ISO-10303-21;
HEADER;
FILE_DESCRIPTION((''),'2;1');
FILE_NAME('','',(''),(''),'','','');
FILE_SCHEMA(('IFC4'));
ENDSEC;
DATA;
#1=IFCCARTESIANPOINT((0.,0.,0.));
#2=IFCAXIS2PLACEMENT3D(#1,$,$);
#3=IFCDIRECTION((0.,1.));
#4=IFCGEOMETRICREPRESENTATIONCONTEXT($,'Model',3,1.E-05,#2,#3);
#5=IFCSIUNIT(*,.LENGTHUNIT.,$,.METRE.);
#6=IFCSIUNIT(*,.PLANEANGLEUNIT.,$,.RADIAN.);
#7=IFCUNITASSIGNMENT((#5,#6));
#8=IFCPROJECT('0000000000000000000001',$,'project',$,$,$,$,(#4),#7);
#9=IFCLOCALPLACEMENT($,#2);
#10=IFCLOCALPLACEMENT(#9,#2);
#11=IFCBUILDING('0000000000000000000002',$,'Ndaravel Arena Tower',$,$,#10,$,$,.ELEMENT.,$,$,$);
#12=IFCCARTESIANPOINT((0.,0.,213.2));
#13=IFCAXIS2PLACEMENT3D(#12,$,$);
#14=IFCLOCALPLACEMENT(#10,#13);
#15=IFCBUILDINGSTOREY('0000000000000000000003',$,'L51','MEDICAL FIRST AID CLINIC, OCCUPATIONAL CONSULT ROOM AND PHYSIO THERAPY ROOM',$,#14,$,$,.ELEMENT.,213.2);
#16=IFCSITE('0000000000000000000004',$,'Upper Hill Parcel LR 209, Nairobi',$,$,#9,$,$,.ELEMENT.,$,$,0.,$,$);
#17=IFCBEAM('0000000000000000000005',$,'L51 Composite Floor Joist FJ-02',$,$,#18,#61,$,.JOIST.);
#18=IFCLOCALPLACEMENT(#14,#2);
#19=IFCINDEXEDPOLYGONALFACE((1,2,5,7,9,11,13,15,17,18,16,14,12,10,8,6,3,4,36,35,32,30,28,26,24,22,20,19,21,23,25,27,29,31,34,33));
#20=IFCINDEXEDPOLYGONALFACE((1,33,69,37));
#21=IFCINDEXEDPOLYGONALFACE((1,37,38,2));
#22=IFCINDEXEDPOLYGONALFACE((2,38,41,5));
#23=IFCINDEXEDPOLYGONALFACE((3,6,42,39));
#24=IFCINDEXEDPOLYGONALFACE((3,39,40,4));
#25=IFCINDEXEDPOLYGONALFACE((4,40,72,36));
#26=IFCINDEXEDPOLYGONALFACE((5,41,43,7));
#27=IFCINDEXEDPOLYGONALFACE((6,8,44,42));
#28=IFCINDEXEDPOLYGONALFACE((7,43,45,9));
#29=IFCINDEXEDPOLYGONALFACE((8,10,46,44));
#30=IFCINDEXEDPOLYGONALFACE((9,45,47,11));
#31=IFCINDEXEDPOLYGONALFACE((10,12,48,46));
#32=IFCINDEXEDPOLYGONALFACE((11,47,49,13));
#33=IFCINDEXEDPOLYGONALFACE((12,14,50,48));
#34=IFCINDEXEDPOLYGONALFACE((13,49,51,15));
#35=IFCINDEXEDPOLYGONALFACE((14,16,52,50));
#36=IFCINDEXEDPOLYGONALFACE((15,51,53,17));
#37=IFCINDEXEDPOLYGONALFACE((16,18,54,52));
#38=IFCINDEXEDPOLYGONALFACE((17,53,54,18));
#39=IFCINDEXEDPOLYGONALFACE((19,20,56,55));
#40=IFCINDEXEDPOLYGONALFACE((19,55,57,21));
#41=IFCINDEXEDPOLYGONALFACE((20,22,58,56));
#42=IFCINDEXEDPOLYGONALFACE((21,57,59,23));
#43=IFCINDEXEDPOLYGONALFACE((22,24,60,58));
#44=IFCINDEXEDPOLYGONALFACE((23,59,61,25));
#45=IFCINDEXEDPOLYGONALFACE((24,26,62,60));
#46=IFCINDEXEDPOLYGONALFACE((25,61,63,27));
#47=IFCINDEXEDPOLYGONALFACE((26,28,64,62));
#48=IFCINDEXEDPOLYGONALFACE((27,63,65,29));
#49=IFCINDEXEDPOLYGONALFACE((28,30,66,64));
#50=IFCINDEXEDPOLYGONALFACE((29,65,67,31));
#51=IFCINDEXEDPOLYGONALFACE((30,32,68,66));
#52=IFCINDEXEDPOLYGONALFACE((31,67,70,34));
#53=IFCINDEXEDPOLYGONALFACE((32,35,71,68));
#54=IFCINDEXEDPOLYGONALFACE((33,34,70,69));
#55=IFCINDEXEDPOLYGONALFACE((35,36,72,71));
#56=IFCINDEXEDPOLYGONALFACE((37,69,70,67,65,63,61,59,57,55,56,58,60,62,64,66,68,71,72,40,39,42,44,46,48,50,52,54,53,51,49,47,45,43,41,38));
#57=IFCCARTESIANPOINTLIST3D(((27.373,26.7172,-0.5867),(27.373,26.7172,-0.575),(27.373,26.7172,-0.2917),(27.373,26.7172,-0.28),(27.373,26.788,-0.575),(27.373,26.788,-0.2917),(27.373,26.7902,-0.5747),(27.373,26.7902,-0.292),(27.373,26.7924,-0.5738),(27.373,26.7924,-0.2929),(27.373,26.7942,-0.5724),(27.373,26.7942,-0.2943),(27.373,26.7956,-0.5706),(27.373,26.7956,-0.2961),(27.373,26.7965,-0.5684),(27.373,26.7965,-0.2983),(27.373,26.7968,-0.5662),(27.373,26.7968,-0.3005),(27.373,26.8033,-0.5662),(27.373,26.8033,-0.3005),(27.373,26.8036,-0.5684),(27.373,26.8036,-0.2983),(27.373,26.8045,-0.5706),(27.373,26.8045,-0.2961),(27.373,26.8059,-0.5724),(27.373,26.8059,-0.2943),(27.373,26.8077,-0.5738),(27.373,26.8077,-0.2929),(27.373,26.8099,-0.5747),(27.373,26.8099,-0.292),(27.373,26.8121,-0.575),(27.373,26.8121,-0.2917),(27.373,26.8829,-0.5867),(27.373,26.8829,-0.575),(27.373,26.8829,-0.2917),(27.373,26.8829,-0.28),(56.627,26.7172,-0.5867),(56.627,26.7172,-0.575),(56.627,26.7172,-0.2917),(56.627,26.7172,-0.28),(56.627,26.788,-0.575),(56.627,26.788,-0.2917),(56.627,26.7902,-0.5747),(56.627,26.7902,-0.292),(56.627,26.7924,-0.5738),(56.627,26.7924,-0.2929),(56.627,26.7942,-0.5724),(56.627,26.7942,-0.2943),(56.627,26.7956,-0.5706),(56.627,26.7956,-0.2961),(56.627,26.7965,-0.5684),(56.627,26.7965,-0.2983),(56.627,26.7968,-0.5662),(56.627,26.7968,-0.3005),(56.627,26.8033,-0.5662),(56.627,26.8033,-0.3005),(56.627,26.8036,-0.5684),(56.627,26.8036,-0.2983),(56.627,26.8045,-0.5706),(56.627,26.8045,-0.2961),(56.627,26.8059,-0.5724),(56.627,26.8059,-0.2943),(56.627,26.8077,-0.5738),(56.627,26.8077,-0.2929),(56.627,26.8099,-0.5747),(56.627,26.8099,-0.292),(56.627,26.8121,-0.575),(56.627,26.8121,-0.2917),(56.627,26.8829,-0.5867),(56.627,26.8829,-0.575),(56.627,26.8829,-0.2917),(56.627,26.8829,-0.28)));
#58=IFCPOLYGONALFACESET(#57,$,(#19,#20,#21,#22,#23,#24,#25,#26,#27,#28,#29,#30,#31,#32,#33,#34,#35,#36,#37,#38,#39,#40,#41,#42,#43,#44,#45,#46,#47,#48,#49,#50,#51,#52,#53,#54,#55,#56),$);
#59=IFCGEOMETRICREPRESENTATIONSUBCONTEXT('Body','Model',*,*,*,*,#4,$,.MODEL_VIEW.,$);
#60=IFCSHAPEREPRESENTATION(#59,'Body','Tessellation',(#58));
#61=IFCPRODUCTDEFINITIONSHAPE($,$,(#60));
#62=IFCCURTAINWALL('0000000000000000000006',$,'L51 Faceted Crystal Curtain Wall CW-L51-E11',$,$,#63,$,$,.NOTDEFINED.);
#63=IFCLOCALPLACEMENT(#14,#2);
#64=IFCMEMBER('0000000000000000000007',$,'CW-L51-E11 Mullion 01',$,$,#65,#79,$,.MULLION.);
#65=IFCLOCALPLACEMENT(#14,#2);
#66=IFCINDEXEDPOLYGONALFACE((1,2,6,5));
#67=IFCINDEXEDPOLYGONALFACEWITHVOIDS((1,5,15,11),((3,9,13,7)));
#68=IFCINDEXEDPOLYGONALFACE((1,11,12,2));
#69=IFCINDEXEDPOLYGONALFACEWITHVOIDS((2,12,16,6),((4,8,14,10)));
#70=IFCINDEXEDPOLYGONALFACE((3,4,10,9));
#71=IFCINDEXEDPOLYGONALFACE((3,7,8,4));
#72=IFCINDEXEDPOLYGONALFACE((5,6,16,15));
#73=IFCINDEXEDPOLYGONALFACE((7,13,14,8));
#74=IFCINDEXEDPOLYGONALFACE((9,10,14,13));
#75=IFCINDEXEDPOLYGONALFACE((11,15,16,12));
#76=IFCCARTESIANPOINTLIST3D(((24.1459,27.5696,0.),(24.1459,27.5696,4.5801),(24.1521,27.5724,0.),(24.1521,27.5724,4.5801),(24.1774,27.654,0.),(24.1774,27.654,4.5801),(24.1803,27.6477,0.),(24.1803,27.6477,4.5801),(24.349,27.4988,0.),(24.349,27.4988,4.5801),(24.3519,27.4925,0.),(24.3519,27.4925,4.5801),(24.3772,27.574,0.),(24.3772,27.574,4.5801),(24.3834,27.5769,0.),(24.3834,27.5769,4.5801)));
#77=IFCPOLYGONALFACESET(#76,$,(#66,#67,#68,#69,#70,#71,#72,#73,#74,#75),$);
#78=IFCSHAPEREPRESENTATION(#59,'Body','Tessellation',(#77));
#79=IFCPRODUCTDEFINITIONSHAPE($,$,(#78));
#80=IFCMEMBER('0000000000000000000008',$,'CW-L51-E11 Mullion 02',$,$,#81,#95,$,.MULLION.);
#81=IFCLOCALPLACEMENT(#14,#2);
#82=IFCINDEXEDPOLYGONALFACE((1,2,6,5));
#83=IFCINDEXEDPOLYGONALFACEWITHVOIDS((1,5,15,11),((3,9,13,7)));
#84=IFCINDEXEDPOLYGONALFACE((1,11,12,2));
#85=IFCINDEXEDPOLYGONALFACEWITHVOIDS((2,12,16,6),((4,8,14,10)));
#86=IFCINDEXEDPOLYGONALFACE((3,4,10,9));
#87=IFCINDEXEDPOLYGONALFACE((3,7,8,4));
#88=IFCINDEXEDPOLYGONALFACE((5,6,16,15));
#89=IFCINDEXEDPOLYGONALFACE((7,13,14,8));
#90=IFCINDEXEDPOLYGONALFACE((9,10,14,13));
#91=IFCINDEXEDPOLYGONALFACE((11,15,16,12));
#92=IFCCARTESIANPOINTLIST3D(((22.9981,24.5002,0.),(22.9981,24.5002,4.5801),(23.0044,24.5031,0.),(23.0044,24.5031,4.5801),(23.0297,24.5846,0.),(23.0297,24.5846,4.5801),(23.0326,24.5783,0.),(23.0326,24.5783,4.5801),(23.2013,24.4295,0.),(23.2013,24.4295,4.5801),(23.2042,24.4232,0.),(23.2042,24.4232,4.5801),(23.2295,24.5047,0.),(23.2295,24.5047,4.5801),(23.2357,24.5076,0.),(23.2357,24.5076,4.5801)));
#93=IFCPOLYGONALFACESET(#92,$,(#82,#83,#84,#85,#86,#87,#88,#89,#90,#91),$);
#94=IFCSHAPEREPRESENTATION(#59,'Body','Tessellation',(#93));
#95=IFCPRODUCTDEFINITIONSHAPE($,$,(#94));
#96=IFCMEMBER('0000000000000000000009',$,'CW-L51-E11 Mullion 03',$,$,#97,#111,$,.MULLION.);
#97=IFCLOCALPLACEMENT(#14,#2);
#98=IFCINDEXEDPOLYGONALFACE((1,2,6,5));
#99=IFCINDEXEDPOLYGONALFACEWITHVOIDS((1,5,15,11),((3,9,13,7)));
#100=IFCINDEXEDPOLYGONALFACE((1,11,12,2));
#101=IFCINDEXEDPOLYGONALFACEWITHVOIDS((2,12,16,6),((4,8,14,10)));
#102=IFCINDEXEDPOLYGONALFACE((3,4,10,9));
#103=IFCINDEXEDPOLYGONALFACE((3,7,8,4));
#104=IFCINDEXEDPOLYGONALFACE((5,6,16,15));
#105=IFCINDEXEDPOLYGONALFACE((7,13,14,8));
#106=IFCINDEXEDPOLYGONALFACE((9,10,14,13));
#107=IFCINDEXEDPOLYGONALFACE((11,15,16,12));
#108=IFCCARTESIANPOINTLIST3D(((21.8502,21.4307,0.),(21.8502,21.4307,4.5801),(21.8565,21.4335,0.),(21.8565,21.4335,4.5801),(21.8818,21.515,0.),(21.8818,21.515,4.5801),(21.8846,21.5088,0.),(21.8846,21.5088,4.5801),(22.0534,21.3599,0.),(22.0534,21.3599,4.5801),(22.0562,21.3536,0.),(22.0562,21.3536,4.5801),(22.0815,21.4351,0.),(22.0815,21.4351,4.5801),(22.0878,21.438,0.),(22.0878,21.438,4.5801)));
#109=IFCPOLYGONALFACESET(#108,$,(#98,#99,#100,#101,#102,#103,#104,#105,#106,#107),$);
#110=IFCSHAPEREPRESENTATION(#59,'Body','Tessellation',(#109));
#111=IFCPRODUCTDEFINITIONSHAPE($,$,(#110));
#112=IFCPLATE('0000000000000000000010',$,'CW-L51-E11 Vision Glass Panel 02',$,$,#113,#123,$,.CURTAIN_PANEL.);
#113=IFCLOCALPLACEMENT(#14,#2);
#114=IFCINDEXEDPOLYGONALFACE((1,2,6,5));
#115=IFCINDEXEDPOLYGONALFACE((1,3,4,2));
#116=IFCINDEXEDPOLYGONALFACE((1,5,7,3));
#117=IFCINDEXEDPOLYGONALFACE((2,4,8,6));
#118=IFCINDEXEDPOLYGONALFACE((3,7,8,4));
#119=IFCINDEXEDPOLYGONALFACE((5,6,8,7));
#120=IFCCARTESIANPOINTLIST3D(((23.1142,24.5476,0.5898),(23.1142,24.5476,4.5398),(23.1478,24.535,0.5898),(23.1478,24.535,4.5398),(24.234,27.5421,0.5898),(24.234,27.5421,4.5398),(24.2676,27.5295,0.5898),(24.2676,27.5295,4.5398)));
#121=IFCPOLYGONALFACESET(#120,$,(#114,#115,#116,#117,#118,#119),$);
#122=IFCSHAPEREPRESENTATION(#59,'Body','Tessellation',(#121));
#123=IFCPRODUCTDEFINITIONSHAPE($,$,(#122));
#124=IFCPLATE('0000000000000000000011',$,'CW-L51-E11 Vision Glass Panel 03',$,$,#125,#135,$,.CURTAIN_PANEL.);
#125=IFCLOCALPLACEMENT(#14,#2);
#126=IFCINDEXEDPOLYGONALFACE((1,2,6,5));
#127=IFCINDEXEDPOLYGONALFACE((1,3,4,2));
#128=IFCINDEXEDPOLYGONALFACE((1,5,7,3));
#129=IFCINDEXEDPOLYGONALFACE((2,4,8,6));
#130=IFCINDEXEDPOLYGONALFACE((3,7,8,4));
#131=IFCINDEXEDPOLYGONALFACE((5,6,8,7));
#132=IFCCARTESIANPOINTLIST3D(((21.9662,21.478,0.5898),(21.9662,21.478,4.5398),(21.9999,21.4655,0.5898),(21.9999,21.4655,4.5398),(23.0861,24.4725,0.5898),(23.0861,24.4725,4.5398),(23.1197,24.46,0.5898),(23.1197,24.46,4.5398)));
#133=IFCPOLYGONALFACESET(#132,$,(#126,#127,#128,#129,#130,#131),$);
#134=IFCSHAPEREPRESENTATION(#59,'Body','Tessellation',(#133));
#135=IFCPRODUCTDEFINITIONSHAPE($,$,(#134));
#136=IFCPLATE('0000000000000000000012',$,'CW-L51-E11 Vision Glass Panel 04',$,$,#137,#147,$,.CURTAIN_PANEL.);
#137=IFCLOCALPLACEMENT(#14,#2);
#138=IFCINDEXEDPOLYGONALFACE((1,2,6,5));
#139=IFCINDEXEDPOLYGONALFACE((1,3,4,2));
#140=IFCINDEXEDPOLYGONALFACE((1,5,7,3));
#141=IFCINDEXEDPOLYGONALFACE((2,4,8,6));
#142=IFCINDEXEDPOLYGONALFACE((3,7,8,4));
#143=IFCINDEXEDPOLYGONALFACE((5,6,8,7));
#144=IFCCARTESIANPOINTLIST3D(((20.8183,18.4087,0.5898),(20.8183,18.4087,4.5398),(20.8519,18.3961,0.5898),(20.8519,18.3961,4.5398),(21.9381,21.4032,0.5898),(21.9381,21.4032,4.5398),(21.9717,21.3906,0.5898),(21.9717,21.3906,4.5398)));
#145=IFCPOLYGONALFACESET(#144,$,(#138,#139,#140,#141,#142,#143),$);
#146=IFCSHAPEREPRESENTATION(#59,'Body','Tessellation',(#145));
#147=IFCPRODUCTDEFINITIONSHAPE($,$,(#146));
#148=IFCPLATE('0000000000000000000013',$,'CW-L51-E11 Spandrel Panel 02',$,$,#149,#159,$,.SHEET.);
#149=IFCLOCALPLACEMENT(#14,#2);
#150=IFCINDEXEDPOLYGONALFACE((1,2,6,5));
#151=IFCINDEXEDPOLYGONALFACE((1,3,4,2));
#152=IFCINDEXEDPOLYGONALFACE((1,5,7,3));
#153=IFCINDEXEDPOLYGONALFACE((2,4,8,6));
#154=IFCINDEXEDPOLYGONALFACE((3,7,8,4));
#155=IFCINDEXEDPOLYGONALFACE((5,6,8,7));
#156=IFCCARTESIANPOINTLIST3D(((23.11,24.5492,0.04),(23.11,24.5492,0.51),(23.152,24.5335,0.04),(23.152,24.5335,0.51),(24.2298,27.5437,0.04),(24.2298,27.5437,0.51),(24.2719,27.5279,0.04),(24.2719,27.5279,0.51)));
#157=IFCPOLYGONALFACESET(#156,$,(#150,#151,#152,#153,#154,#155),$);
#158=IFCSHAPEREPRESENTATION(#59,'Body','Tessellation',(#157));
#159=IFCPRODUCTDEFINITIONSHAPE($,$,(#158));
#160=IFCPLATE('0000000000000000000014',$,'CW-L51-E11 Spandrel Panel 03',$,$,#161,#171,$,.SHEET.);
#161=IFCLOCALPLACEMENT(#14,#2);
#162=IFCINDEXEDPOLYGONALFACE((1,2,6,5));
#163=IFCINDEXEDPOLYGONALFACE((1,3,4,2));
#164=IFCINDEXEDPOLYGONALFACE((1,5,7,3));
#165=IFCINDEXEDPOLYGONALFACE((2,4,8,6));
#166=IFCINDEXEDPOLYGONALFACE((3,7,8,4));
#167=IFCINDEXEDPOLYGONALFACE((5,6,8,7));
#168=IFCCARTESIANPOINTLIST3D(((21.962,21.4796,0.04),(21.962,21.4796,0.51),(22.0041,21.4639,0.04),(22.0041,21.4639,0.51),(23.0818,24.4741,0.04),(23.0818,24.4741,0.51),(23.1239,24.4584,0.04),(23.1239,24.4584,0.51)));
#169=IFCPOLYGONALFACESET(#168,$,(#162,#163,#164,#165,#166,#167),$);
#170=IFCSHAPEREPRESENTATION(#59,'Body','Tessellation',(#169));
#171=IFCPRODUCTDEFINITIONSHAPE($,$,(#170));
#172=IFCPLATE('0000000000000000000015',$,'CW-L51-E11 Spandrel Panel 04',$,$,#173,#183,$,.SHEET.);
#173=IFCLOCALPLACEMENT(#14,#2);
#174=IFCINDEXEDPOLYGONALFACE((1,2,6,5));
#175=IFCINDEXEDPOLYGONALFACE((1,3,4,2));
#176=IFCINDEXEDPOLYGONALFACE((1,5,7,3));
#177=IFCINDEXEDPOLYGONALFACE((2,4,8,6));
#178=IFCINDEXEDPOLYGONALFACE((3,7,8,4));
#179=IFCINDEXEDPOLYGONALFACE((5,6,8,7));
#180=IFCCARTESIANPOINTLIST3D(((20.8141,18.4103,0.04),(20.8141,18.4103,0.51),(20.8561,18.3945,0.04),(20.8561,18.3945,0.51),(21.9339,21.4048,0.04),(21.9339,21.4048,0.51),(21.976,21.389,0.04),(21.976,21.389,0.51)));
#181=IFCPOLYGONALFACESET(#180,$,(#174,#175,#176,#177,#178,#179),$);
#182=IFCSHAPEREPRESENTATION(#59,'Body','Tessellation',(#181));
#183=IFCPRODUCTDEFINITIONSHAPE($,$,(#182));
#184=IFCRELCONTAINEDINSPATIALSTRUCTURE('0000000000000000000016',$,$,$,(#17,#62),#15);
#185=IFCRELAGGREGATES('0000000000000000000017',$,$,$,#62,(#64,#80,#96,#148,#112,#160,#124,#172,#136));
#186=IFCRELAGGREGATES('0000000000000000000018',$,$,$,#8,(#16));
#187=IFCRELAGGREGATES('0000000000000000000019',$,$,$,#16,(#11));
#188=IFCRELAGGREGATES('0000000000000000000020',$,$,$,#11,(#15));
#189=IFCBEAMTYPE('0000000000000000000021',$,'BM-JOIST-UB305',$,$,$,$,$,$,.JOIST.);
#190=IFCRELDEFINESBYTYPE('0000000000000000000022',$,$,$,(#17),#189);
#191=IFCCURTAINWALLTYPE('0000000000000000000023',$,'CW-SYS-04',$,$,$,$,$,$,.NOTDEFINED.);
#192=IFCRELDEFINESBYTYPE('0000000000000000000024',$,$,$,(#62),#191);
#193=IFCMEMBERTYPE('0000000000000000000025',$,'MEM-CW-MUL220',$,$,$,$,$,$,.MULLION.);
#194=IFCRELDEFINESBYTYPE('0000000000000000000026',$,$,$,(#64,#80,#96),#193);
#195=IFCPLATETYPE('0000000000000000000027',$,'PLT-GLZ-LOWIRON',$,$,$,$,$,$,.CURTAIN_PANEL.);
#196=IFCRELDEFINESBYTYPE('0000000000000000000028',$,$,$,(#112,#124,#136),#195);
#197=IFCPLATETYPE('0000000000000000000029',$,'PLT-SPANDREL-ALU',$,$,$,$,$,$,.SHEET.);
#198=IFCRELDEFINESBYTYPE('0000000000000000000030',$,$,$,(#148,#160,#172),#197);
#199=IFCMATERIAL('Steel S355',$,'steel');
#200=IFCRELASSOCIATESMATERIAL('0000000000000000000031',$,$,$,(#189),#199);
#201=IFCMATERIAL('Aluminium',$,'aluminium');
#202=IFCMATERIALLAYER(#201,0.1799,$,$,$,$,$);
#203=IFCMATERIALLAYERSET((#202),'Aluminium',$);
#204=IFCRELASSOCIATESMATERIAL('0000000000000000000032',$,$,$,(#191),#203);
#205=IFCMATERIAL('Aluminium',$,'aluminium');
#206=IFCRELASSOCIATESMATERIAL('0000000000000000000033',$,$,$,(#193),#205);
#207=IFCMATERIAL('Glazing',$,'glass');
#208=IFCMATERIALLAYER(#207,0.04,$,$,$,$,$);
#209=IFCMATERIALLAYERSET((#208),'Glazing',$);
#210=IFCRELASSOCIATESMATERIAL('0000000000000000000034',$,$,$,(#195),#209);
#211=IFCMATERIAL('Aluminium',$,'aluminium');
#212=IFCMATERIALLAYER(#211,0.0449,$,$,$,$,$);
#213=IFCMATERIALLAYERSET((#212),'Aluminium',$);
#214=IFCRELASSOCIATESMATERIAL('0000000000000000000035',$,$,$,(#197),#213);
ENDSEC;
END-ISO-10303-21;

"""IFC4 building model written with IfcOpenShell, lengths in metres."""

from ifc_helpers import new_model, si_unit, direction, frame, origin, origin_2d, place, context, subcontext, project, spatial, rectangle, hollow_rectangle, i_section, extrude, material, layer, layer_set, material_profile, profile_set, type_object, element, aggregate, save


model = new_model("IFC4")

# Units and contexts
model_context = context("Model", 3, precision=1e-05, world=origin(), true_north=direction((0.0, 1.0)))
body_context = subcontext(model_context, "Body", "Model", "MODEL_VIEW")
ifc_project = project(units=[si_unit("LENGTHUNIT", "METRE"), si_unit("PLANEANGLEUNIT", "RADIAN")], contexts=[model_context])

# Site, building, storey
site_placement = place(None, origin())
site = spatial("IfcSite", under=ifc_project, at=site_placement, Name="Upper Hill Parcel LR 209, Nairobi", CompositionType="ELEMENT", RefElevation=0.0)
building_placement = place(site_placement, origin())
building = spatial("IfcBuilding", under=site, at=building_placement, Name="Ndaravel Arena Tower", CompositionType="ELEMENT")
storey_placement = place(building_placement, frame((0.0, 0.0, 213.2)))
storey = spatial("IfcBuildingStorey", under=building, at=storey_placement, Name="L51", Description="MEDICAL FIRST AID CLINIC, OCCUPATIONAL CONSULT ROOM AND PHYSIO THERAPY ROOM", CompositionType="ELEMENT", Elevation=213.2)

# Beam
ifc_material_1 = material(Name="Steel S355", Category="steel")
ifc_material_profile_1 = material_profile(ifc_material_1, i_section(OverallWidth=0.1658, OverallDepth=0.3066, WebThickness=0.0066, FlangeThickness=0.0117, FilletRadius=0.0088, at=origin_2d()), Name="UB 305x165x46")
ifc_profile_set_1 = profile_set([ifc_material_profile_1], Name="Steel S355")
beam_type = type_object("IfcBeamType", Name="BM-JOIST-UB305", PredefinedType="JOIST", material=ifc_profile_set_1)
beam_placement = place(storey_placement, frame((27.373, 26.8, -0.4333), z_axis=(1.0, 0.0, 0.0), x_axis=(0.0, 1.0, 0.0)))
element("IfcBeam", 1, at=beam_placement, inside=storey, type_object=beam_type, Name="L51 Composite Floor Joist FJ-02", PredefinedType="JOIST", context=body_context, shape_type="SweptSolid", body=[
    extrude(i_section(OverallWidth=0.1658, OverallDepth=0.3066, WebThickness=0.0066, FlangeThickness=0.0117, FilletRadius=0.0088, at=origin_2d()), origin(), (0.0, 0.0, 1.0), 29.2539),
])

# Curtain wall, members, plates
ifc_material_2 = material(Name="Aluminium", Category="aluminium")
ifc_layer_1 = layer(ifc_material_2, 0.1799)
ifc_layer_set_1 = layer_set([ifc_layer_1], Name="Aluminium")
curtain_wall_type = type_object("IfcCurtainWallType", Name="CW-SYS-04", PredefinedType="NOTDEFINED", material=ifc_layer_set_1)
curtain_wall_placement = place(storey_placement, origin())
curtain_wall = element("IfcCurtainWall", 2, at=curtain_wall_placement, inside=storey, type_object=curtain_wall_type, Name="L51 Faceted Crystal Curtain Wall CW-L51-E11", PredefinedType="NOTDEFINED")
ifc_material_3 = material(Name="Aluminium", Category="aluminium")
ifc_material_profile_2 = material_profile(ifc_material_3, hollow_rectangle(XDim=0.0901, YDim=0.22, WallThickness=0.0049, at=origin_2d()), Name="CW MULLION 90x220x5")
ifc_profile_set_2 = profile_set([ifc_material_profile_2], Name="Aluminium")
member_type = type_object("IfcMemberType", Name="MEM-CW-MUL220", PredefinedType="MULLION", material=ifc_profile_set_2)
member_1_placement = place(storey_placement, frame((24.2646, 27.5732, 0.0), z_axis=(0.0, 0.0, 1.0), x_axis=(-0.350273, -0.936648, 0.0)))
member_1 = element("IfcMember", 3, at=member_1_placement, type_object=member_type, Name="CW-L51-E11 Mullion 01", PredefinedType="MULLION", context=body_context, shape_type="SweptSolid", body=[
    extrude(hollow_rectangle(XDim=0.0901, YDim=0.22, WallThickness=0.0049, at=origin_2d()), origin(), (0.0, 0.0, 1.0), 4.5801),
])
member_2_placement = place(storey_placement, frame((23.1169, 24.5039, 0.0), z_axis=(0.0, 0.0, 1.0), x_axis=(-0.350273, -0.936648, 0.0)))
member_2 = element("IfcMember", 4, at=member_2_placement, type_object=member_type, Name="CW-L51-E11 Mullion 02", PredefinedType="MULLION", context=body_context, shape_type="SweptSolid", body=[
    extrude(hollow_rectangle(XDim=0.0901, YDim=0.22, WallThickness=0.0049, at=origin_2d()), origin(), (0.0, 0.0, 1.0), 4.5801),
])
member_3_placement = place(storey_placement, frame((21.969, 21.4343, 0.0), z_axis=(0.0, 0.0, 1.0), x_axis=(-0.350273, -0.936648, 0.0)))
member_3 = element("IfcMember", 5, at=member_3_placement, type_object=member_type, Name="CW-L51-E11 Mullion 03", PredefinedType="MULLION", context=body_context, shape_type="SweptSolid", body=[
    extrude(hollow_rectangle(XDim=0.0901, YDim=0.22, WallThickness=0.0049, at=origin_2d()), origin(), (0.0, 0.0, 1.0), 4.5801),
])
ifc_material_4 = material(Name="Glazing", Category="glass")
ifc_layer_2 = layer(ifc_material_4, 0.04)
ifc_layer_set_2 = layer_set([ifc_layer_2], Name="Glazing")
plate_type_1 = type_object("IfcPlateType", Name="PLT-GLZ-LOWIRON", PredefinedType="CURTAIN_PANEL", material=ifc_layer_set_2)
plate_1_placement = place(storey_placement, frame((23.6909, 26.0386, 0.5898), z_axis=(0.0, 0.0, 1.0), x_axis=(-0.350273, -0.936648, 0.0)))
plate_1 = element("IfcPlate", 6, at=plate_1_placement, type_object=plate_type_1, Name="CW-L51-E11 Vision Glass Panel 02", PredefinedType="CURTAIN_PANEL", context=body_context, shape_type="SweptSolid", body=[
    extrude(rectangle(XDim=3.197, YDim=0.0359, at=origin_2d()), origin(), (0.0, 0.0, 1.0), 3.95),
])
plate_2_placement = place(storey_placement, frame((22.543, 22.969, 0.5898), z_axis=(0.0, 0.0, 1.0), x_axis=(-0.350273, -0.936648, 0.0)))
plate_2 = element("IfcPlate", 7, at=plate_2_placement, type_object=plate_type_1, Name="CW-L51-E11 Vision Glass Panel 03", PredefinedType="CURTAIN_PANEL", context=body_context, shape_type="SweptSolid", body=[
    extrude(rectangle(XDim=3.197, YDim=0.0359, at=origin_2d()), origin(), (0.0, 0.0, 1.0), 3.95),
])
plate_3_placement = place(storey_placement, frame((21.395, 19.8997, 0.5898), z_axis=(0.0, 0.0, 1.0), x_axis=(-0.350273, -0.936648, 0.0)))
plate_3 = element("IfcPlate", 8, at=plate_3_placement, type_object=plate_type_1, Name="CW-L51-E11 Vision Glass Panel 04", PredefinedType="CURTAIN_PANEL", context=body_context, shape_type="SweptSolid", body=[
    extrude(rectangle(XDim=3.197, YDim=0.0359, at=origin_2d()), origin(), (0.0, 0.0, 1.0), 3.95),
])
ifc_material_5 = material(Name="Aluminium", Category="aluminium")
ifc_layer_3 = layer(ifc_material_5, 0.0449)
ifc_layer_set_3 = layer_set([ifc_layer_3], Name="Aluminium")
plate_type_2 = type_object("IfcPlateType", Name="PLT-SPANDREL-ALU", PredefinedType="SHEET", material=ifc_layer_set_3)
plate_4_placement = place(storey_placement, frame((23.6909, 26.0386, 0.04), z_axis=(0.0, 0.0, 1.0), x_axis=(-0.350273, -0.936648, 0.0)))
plate_4 = element("IfcPlate", 9, at=plate_4_placement, type_object=plate_type_2, Name="CW-L51-E11 Spandrel Panel 02", PredefinedType="SHEET", context=body_context, shape_type="SweptSolid", body=[
    extrude(rectangle(XDim=3.197, YDim=0.0449, at=origin_2d()), origin(), (0.0, 0.0, 1.0), 0.47),
])
plate_5_placement = place(storey_placement, frame((22.543, 22.969, 0.04), z_axis=(0.0, 0.0, 1.0), x_axis=(-0.350273, -0.936648, 0.0)))
plate_5 = element("IfcPlate", 10, at=plate_5_placement, type_object=plate_type_2, Name="CW-L51-E11 Spandrel Panel 03", PredefinedType="SHEET", context=body_context, shape_type="SweptSolid", body=[
    extrude(rectangle(XDim=3.197, YDim=0.0449, at=origin_2d()), origin(), (0.0, 0.0, 1.0), 0.47),
])
plate_6_placement = place(storey_placement, frame((21.395, 19.8997, 0.04), z_axis=(0.0, 0.0, 1.0), x_axis=(-0.350273, -0.936648, 0.0)))
plate_6 = element("IfcPlate", 11, at=plate_6_placement, type_object=plate_type_2, Name="CW-L51-E11 Spandrel Panel 04", PredefinedType="SHEET", context=body_context, shape_type="SweptSolid", body=[
    extrude(rectangle(XDim=3.197, YDim=0.0449, at=origin_2d()), origin(), (0.0, 0.0, 1.0), 0.47),
])
aggregate(curtain_wall, [member_1, member_2, member_3, plate_4, plate_1, plate_5, plate_2, plate_6, plate_3])

save(model, "model.ifc")
